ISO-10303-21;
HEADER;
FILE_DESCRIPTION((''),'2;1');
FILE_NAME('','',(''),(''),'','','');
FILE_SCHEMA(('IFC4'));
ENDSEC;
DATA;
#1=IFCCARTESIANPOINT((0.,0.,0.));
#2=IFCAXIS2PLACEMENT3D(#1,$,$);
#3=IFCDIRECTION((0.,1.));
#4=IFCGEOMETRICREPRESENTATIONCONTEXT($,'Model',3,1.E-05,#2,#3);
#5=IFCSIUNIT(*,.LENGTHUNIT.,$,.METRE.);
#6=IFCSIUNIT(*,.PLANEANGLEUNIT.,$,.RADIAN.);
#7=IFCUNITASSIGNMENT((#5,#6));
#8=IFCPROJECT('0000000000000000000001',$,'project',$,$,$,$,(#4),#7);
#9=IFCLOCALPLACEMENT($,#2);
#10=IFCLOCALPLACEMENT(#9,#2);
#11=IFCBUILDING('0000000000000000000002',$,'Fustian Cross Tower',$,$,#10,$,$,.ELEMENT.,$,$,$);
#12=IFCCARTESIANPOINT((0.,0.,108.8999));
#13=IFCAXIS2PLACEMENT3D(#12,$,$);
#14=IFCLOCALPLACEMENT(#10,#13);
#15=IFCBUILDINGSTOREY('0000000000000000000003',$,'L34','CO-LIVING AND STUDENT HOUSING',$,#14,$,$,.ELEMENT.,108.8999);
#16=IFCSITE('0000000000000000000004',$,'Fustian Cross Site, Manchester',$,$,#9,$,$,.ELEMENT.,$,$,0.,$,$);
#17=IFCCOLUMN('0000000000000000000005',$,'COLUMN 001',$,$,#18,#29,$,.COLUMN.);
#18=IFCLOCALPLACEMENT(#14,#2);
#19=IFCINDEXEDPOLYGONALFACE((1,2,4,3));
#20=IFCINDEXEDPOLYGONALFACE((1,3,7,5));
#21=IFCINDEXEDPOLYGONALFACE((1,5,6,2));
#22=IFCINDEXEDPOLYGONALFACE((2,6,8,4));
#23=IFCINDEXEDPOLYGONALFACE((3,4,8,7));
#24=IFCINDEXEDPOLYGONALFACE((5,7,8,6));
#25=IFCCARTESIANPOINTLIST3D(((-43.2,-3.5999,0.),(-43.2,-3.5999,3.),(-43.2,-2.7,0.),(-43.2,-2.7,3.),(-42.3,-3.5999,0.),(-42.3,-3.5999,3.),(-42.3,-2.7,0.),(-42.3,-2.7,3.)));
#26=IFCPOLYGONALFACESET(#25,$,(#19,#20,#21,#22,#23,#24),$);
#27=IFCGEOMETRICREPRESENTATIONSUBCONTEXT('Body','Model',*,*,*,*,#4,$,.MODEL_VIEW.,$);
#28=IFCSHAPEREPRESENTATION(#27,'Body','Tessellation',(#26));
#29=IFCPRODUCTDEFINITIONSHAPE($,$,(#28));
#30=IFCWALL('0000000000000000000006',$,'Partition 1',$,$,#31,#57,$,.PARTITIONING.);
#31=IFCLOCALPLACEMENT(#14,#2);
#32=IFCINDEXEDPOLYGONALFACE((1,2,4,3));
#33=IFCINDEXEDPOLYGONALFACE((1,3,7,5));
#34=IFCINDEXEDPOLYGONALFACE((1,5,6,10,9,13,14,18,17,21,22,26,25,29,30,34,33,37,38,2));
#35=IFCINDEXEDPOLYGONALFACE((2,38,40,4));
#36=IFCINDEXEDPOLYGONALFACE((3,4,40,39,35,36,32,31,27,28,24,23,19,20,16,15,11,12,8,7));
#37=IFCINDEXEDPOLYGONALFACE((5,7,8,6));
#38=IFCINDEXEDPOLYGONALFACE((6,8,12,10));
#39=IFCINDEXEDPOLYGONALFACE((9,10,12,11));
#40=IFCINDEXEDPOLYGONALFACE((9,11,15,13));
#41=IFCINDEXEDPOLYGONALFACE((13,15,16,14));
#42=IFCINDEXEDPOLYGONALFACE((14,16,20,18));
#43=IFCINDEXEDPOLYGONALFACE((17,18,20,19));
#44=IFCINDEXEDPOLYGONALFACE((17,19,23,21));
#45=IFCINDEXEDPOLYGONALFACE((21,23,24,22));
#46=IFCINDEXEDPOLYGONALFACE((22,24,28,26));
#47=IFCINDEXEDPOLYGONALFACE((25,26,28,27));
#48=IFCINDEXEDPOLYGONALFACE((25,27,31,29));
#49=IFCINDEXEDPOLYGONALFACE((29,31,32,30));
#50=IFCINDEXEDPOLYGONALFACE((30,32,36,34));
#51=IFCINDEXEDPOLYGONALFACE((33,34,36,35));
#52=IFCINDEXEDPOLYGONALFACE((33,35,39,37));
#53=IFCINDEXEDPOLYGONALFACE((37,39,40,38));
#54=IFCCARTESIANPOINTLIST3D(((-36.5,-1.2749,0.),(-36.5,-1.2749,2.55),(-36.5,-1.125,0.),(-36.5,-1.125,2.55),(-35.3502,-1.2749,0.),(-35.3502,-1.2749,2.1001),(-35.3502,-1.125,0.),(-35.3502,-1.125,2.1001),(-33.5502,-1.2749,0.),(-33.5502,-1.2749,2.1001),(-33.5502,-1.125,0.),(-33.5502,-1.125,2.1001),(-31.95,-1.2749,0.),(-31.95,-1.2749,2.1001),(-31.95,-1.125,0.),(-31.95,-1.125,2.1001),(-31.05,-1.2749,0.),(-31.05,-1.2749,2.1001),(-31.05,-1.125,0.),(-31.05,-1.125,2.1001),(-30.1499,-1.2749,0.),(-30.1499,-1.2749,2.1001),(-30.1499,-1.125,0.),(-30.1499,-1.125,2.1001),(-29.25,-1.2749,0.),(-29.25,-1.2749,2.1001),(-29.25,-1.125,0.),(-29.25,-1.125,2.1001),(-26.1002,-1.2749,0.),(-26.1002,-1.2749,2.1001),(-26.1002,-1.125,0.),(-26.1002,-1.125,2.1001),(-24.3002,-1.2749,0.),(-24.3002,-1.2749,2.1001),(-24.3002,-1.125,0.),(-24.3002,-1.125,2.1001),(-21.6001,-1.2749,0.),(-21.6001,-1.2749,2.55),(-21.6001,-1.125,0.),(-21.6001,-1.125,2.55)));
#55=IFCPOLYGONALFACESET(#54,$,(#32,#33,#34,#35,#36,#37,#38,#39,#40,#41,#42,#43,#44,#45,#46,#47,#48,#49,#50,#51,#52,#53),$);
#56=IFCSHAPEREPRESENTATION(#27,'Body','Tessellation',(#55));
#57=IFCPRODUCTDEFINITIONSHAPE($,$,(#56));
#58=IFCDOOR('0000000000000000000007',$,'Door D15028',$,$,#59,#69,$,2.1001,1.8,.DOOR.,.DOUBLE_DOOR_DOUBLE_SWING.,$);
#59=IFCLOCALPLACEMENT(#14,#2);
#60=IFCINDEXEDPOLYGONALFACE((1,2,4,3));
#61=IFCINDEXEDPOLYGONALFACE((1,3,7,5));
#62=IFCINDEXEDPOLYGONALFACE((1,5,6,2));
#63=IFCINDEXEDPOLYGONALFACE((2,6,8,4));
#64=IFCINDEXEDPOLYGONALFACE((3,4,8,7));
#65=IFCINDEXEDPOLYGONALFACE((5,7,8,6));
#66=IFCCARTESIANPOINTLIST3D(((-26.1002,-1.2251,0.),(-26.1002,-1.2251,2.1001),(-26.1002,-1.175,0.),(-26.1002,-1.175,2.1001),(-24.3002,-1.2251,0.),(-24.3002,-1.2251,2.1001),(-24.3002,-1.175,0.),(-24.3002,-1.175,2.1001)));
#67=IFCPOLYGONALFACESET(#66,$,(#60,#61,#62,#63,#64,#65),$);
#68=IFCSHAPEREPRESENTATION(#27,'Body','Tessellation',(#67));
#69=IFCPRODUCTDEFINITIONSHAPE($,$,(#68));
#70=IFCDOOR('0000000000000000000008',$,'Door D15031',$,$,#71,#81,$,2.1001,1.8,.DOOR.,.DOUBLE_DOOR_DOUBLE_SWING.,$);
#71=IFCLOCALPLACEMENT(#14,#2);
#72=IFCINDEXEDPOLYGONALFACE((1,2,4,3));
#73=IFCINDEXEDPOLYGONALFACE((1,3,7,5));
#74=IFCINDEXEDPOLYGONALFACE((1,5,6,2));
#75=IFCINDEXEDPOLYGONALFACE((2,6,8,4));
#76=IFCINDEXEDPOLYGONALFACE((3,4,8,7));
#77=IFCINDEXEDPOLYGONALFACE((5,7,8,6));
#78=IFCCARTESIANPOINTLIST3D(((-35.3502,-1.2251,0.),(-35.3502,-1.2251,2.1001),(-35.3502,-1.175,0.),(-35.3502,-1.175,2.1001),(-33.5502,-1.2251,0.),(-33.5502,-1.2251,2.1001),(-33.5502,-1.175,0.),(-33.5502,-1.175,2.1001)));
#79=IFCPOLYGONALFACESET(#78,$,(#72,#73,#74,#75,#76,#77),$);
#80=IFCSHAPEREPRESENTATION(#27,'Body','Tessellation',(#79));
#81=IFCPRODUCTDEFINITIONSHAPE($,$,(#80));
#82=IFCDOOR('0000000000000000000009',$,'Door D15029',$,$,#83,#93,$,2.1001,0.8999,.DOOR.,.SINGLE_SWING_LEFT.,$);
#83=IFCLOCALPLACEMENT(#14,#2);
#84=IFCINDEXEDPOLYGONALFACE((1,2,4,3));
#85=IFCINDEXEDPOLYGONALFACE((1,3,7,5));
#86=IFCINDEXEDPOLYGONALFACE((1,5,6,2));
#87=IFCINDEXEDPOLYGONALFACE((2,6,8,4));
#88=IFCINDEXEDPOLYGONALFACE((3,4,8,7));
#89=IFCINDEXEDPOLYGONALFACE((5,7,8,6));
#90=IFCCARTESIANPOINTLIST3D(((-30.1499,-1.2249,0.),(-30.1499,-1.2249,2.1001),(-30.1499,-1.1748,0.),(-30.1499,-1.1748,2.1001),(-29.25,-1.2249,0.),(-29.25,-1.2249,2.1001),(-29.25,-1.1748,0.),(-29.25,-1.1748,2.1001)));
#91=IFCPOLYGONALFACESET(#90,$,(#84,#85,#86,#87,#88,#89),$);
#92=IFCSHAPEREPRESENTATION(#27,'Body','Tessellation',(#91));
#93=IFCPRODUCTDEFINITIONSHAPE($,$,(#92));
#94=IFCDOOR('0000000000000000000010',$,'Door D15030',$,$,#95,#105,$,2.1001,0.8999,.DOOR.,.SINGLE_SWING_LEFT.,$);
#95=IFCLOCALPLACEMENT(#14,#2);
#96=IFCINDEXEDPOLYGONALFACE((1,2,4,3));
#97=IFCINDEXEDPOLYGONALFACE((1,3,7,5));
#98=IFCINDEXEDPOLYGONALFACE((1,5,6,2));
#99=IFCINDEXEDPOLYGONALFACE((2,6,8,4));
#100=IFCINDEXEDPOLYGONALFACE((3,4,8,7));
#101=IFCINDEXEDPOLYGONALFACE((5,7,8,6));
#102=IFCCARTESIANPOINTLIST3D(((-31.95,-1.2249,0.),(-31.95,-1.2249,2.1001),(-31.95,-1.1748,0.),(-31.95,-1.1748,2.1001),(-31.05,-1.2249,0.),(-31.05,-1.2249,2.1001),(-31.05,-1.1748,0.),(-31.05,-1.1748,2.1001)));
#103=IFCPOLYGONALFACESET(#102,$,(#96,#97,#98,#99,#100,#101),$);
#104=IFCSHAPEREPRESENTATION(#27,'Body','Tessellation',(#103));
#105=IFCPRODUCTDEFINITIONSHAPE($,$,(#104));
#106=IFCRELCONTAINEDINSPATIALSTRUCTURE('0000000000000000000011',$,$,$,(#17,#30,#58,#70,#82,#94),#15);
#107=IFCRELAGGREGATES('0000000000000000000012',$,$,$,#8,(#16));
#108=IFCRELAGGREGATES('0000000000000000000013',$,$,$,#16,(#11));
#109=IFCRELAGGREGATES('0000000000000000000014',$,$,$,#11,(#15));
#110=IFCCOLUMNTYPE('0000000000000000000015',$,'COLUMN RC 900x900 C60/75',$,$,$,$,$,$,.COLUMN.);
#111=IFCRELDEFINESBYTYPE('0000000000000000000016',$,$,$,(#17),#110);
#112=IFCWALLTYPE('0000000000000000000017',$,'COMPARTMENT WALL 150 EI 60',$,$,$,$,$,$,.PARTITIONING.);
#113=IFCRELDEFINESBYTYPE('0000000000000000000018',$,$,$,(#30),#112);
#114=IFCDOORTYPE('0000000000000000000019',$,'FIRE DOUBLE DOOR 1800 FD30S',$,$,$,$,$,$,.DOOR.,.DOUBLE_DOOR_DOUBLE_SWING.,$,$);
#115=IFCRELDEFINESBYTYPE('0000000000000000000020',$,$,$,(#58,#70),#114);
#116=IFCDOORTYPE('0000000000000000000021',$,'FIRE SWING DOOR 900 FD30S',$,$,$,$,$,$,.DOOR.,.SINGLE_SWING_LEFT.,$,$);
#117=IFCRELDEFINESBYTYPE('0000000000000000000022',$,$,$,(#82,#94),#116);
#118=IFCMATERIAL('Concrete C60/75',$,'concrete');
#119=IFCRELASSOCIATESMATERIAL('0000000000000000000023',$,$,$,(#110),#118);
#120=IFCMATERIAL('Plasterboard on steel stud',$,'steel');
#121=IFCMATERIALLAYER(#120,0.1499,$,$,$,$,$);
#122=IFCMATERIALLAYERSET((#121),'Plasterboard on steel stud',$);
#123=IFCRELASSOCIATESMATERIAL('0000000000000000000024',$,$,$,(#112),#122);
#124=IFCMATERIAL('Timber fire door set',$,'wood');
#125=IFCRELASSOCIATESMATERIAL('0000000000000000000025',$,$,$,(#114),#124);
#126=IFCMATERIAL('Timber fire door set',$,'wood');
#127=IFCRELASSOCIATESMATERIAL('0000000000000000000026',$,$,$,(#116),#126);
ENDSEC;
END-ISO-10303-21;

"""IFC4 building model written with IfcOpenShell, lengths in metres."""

from ifc_helpers import new_model, si_unit, direction, frame, frame_2d, origin, origin_2d, place, context, subcontext, project, spatial, rectangle, extrude, material, layer, layer_set, material_profile, profile_set, type_object, element, fill, save


model = new_model("IFC4")

# Units and contexts
model_context = context("Model", 3, precision=1e-05, world=origin(), true_north=direction((0.0, 1.0)))
body_context = subcontext(model_context, "Body", "Model", "MODEL_VIEW")
ifc_project = project(units=[si_unit("LENGTHUNIT", "METRE"), si_unit("PLANEANGLEUNIT", "RADIAN")], contexts=[model_context])

# Site, building, storey
site_placement = place(None, origin())
site = spatial("IfcSite", under=ifc_project, at=site_placement, Name="Fustian Cross Site, Manchester", CompositionType="ELEMENT", RefElevation=0.0)
building_placement = place(site_placement, origin())
building = spatial("IfcBuilding", under=site, at=building_placement, Name="Fustian Cross Tower", CompositionType="ELEMENT")
storey_placement = place(building_placement, frame((0.0, 0.0, 108.8999)))
storey = spatial("IfcBuildingStorey", under=building, at=storey_placement, Name="L34", Description="CO-LIVING AND STUDENT HOUSING", CompositionType="ELEMENT", Elevation=108.8999)

# Column
ifc_material_1 = material(Name="Concrete C60/75", Category="concrete")
ifc_material_profile = material_profile(ifc_material_1, rectangle(XDim=0.8999, YDim=0.8999, at=origin_2d()), Name="RC 900x900")
ifc_profile_set = profile_set([ifc_material_profile], Name="Concrete C60/75")
column_type = type_object("IfcColumnType", Name="COLUMN RC 900x900 C60/75", PredefinedType="COLUMN", material=ifc_profile_set)
column_placement = place(storey_placement, frame((-42.75, -3.1499, 0.0), z_axis=(0.0, 0.0, 1.0), x_axis=(1.0, 0.0, 0.0)))
element("IfcColumn", 1, at=column_placement, inside=storey, type_object=column_type, Name="COLUMN 001", PredefinedType="COLUMN", context=body_context, shape_type="SweptSolid", body=[
    extrude(rectangle(XDim=0.8999, YDim=0.8999, at=origin_2d()), origin(), (0.0, 0.0, 1.0), 3.0),
])

# Wall, openings, doors
ifc_material_2 = material(Name="Plasterboard on steel stud", Category="steel")
ifc_layer_1 = layer(ifc_material_2, 0.1499)
ifc_layer_set_1 = layer_set([ifc_layer_1], Name="Plasterboard on steel stud")
wall_type_1 = type_object("IfcWallType", Name="COMPARTMENT WALL 150 EI 60", PredefinedType="PARTITIONING", material=ifc_layer_set_1)
wall_1_placement = place(storey_placement, frame((-36.5, -1.2, 0.0), z_axis=(0.0, 0.0, 1.0), x_axis=(1.0, 0.0, 0.0)))
wall_1 = element("IfcWall", 2, at=wall_1_placement, inside=storey, type_object=wall_type_1, Name="Partition 1", PredefinedType="PARTITIONING", context=body_context, shape_type="SweptSolid", body=[
    extrude(rectangle(XDim=14.8999, YDim=0.1499, at=frame_2d((7.45, 0.0))), origin(), (0.0, 0.0, 1.0), 2.55),
])
opening_1_placement = place(wall_1_placement, frame((10.3999, 0.0, 0.0)))
opening_1 = element("IfcOpeningElement", 3, at=opening_1_placement, cuts=wall_1, PredefinedType="OPENING", context=body_context, shape_type="SweptSolid", body=[
    extrude(rectangle(XDim=1.8, YDim=2.1001, at=frame_2d((0.8999, 1.05))), frame((0.0, 0.085, 0.0), z_axis=(0.0, -1.0, 0.0), x_axis=(1.0, 0.0, 0.0)), (0.0, 0.0, 1.0), 0.1699),
])
opening_2_placement = place(wall_1_placement, frame((6.3501, 0.0, 0.0)))
opening_2 = element("IfcOpeningElement", 4, at=opening_2_placement, cuts=wall_1, PredefinedType="OPENING", context=body_context, shape_type="SweptSolid", body=[
    extrude(rectangle(XDim=0.8999, YDim=2.1001, at=frame_2d((0.45, 1.05))), frame((0.0, 0.085, 0.0), z_axis=(0.0, -1.0, 0.0), x_axis=(1.0, 0.0, 0.0)), (0.0, 0.0, 1.0), 0.1699),
])
opening_3_placement = place(wall_1_placement, frame((4.55, 0.0, 0.0)))
opening_3 = element("IfcOpeningElement", 5, at=opening_3_placement, cuts=wall_1, PredefinedType="OPENING", context=body_context, shape_type="SweptSolid", body=[
    extrude(rectangle(XDim=0.8999, YDim=2.1001, at=frame_2d((0.45, 1.05))), frame((0.0, 0.085, 0.0), z_axis=(0.0, -1.0, 0.0), x_axis=(1.0, 0.0, 0.0)), (0.0, 0.0, 1.0), 0.1699),
])
opening_4_placement = place(wall_1_placement, frame((1.1499, 0.0, 0.0)))
opening_4 = element("IfcOpeningElement", 6, at=opening_4_placement, cuts=wall_1, PredefinedType="OPENING", context=body_context, shape_type="SweptSolid", body=[
    extrude(rectangle(XDim=1.8, YDim=2.1001, at=frame_2d((0.8999, 1.05))), frame((0.0, 0.085, 0.0), z_axis=(0.0, -1.0, 0.0), x_axis=(1.0, 0.0, 0.0)), (0.0, 0.0, 1.0), 0.1699),
])
ifc_material_3 = material(Name="Timber fire door set", Category="wood")
door_type_1 = type_object("IfcDoorType", Name="FIRE DOUBLE DOOR 1800 FD30S", OperationType="DOUBLE_DOOR_DOUBLE_SWING", PredefinedType="DOOR", material=ifc_material_3)
door_1_placement = place(opening_1_placement, origin())
door_1 = element("IfcDoor", 7, at=door_1_placement, inside=storey, type_object=door_type_1, Name="Door D15028", OperationType="DOUBLE_DOOR_DOUBLE_SWING", OverallHeight=2.1001, OverallWidth=1.8, PredefinedType="DOOR", context=body_context, shape_type="SweptSolid", body=[
    extrude(rectangle(XDim=1.8, YDim=2.1001, at=frame_2d((0.8999, 1.05))), frame((0.0, 0.0249, 0.0), z_axis=(0.0, -1.0, 0.0), x_axis=(1.0, 0.0, 0.0)), (0.0, 0.0, 1.0), 0.05),
])
fill(opening_1, door_1)
door_2_placement = place(opening_4_placement, origin())
door_2 = element("IfcDoor", 8, at=door_2_placement, inside=storey, type_object=door_type_1, Name="Door D15031", OperationType="DOUBLE_DOOR_DOUBLE_SWING", OverallHeight=2.1001, OverallWidth=1.8, PredefinedType="DOOR", context=body_context, shape_type="SweptSolid", body=[
    extrude(rectangle(XDim=1.8, YDim=2.1001, at=frame_2d((0.8999, 1.05))), frame((0.0, 0.0249, 0.0), z_axis=(0.0, -1.0, 0.0), x_axis=(1.0, 0.0, 0.0)), (0.0, 0.0, 1.0), 0.05),
])
fill(opening_4, door_2)
ifc_material_4 = material(Name="Timber fire door set", Category="wood")
door_type_2 = type_object("IfcDoorType", Name="FIRE SWING DOOR 900 FD30S", OperationType="SINGLE_SWING_LEFT", PredefinedType="DOOR", material=ifc_material_4)
door_3_placement = place(opening_2_placement, frame((0.8999, 0.0, 0.0), z_axis=(0.0, 0.0, 1.0), x_axis=(-1.0, 0.0, 0.0)))
door_3 = element("IfcDoor", 9, at=door_3_placement, inside=storey, type_object=door_type_2, Name="Door D15029", OperationType="SINGLE_SWING_LEFT", OverallHeight=2.1001, OverallWidth=0.8999, PredefinedType="DOOR", context=body_context, shape_type="SweptSolid", body=[
    extrude(rectangle(XDim=0.8999, YDim=2.1001, at=frame_2d((0.45, 1.05))), frame((0.0, 0.0249, 0.0), z_axis=(0.0, -1.0, 0.0), x_axis=(1.0, 0.0, 0.0)), (0.0, 0.0, 1.0), 0.05),
])
fill(opening_2, door_3)
door_4_placement = place(opening_3_placement, frame((0.8999, 0.0, 0.0), z_axis=(0.0, 0.0, 1.0), x_axis=(-1.0, 0.0, 0.0)))
door_4 = element("IfcDoor", 10, at=door_4_placement, inside=storey, type_object=door_type_2, Name="Door D15030", OperationType="SINGLE_SWING_LEFT", OverallHeight=2.1001, OverallWidth=0.8999, PredefinedType="DOOR", context=body_context, shape_type="SweptSolid", body=[
    extrude(rectangle(XDim=0.8999, YDim=2.1001, at=frame_2d((0.45, 1.05))), frame((0.0, 0.0249, 0.0), z_axis=(0.0, -1.0, 0.0), x_axis=(1.0, 0.0, 0.0)), (0.0, 0.0, 1.0), 0.05),
])
fill(opening_3, door_4)

save(model, "model.ifc")
